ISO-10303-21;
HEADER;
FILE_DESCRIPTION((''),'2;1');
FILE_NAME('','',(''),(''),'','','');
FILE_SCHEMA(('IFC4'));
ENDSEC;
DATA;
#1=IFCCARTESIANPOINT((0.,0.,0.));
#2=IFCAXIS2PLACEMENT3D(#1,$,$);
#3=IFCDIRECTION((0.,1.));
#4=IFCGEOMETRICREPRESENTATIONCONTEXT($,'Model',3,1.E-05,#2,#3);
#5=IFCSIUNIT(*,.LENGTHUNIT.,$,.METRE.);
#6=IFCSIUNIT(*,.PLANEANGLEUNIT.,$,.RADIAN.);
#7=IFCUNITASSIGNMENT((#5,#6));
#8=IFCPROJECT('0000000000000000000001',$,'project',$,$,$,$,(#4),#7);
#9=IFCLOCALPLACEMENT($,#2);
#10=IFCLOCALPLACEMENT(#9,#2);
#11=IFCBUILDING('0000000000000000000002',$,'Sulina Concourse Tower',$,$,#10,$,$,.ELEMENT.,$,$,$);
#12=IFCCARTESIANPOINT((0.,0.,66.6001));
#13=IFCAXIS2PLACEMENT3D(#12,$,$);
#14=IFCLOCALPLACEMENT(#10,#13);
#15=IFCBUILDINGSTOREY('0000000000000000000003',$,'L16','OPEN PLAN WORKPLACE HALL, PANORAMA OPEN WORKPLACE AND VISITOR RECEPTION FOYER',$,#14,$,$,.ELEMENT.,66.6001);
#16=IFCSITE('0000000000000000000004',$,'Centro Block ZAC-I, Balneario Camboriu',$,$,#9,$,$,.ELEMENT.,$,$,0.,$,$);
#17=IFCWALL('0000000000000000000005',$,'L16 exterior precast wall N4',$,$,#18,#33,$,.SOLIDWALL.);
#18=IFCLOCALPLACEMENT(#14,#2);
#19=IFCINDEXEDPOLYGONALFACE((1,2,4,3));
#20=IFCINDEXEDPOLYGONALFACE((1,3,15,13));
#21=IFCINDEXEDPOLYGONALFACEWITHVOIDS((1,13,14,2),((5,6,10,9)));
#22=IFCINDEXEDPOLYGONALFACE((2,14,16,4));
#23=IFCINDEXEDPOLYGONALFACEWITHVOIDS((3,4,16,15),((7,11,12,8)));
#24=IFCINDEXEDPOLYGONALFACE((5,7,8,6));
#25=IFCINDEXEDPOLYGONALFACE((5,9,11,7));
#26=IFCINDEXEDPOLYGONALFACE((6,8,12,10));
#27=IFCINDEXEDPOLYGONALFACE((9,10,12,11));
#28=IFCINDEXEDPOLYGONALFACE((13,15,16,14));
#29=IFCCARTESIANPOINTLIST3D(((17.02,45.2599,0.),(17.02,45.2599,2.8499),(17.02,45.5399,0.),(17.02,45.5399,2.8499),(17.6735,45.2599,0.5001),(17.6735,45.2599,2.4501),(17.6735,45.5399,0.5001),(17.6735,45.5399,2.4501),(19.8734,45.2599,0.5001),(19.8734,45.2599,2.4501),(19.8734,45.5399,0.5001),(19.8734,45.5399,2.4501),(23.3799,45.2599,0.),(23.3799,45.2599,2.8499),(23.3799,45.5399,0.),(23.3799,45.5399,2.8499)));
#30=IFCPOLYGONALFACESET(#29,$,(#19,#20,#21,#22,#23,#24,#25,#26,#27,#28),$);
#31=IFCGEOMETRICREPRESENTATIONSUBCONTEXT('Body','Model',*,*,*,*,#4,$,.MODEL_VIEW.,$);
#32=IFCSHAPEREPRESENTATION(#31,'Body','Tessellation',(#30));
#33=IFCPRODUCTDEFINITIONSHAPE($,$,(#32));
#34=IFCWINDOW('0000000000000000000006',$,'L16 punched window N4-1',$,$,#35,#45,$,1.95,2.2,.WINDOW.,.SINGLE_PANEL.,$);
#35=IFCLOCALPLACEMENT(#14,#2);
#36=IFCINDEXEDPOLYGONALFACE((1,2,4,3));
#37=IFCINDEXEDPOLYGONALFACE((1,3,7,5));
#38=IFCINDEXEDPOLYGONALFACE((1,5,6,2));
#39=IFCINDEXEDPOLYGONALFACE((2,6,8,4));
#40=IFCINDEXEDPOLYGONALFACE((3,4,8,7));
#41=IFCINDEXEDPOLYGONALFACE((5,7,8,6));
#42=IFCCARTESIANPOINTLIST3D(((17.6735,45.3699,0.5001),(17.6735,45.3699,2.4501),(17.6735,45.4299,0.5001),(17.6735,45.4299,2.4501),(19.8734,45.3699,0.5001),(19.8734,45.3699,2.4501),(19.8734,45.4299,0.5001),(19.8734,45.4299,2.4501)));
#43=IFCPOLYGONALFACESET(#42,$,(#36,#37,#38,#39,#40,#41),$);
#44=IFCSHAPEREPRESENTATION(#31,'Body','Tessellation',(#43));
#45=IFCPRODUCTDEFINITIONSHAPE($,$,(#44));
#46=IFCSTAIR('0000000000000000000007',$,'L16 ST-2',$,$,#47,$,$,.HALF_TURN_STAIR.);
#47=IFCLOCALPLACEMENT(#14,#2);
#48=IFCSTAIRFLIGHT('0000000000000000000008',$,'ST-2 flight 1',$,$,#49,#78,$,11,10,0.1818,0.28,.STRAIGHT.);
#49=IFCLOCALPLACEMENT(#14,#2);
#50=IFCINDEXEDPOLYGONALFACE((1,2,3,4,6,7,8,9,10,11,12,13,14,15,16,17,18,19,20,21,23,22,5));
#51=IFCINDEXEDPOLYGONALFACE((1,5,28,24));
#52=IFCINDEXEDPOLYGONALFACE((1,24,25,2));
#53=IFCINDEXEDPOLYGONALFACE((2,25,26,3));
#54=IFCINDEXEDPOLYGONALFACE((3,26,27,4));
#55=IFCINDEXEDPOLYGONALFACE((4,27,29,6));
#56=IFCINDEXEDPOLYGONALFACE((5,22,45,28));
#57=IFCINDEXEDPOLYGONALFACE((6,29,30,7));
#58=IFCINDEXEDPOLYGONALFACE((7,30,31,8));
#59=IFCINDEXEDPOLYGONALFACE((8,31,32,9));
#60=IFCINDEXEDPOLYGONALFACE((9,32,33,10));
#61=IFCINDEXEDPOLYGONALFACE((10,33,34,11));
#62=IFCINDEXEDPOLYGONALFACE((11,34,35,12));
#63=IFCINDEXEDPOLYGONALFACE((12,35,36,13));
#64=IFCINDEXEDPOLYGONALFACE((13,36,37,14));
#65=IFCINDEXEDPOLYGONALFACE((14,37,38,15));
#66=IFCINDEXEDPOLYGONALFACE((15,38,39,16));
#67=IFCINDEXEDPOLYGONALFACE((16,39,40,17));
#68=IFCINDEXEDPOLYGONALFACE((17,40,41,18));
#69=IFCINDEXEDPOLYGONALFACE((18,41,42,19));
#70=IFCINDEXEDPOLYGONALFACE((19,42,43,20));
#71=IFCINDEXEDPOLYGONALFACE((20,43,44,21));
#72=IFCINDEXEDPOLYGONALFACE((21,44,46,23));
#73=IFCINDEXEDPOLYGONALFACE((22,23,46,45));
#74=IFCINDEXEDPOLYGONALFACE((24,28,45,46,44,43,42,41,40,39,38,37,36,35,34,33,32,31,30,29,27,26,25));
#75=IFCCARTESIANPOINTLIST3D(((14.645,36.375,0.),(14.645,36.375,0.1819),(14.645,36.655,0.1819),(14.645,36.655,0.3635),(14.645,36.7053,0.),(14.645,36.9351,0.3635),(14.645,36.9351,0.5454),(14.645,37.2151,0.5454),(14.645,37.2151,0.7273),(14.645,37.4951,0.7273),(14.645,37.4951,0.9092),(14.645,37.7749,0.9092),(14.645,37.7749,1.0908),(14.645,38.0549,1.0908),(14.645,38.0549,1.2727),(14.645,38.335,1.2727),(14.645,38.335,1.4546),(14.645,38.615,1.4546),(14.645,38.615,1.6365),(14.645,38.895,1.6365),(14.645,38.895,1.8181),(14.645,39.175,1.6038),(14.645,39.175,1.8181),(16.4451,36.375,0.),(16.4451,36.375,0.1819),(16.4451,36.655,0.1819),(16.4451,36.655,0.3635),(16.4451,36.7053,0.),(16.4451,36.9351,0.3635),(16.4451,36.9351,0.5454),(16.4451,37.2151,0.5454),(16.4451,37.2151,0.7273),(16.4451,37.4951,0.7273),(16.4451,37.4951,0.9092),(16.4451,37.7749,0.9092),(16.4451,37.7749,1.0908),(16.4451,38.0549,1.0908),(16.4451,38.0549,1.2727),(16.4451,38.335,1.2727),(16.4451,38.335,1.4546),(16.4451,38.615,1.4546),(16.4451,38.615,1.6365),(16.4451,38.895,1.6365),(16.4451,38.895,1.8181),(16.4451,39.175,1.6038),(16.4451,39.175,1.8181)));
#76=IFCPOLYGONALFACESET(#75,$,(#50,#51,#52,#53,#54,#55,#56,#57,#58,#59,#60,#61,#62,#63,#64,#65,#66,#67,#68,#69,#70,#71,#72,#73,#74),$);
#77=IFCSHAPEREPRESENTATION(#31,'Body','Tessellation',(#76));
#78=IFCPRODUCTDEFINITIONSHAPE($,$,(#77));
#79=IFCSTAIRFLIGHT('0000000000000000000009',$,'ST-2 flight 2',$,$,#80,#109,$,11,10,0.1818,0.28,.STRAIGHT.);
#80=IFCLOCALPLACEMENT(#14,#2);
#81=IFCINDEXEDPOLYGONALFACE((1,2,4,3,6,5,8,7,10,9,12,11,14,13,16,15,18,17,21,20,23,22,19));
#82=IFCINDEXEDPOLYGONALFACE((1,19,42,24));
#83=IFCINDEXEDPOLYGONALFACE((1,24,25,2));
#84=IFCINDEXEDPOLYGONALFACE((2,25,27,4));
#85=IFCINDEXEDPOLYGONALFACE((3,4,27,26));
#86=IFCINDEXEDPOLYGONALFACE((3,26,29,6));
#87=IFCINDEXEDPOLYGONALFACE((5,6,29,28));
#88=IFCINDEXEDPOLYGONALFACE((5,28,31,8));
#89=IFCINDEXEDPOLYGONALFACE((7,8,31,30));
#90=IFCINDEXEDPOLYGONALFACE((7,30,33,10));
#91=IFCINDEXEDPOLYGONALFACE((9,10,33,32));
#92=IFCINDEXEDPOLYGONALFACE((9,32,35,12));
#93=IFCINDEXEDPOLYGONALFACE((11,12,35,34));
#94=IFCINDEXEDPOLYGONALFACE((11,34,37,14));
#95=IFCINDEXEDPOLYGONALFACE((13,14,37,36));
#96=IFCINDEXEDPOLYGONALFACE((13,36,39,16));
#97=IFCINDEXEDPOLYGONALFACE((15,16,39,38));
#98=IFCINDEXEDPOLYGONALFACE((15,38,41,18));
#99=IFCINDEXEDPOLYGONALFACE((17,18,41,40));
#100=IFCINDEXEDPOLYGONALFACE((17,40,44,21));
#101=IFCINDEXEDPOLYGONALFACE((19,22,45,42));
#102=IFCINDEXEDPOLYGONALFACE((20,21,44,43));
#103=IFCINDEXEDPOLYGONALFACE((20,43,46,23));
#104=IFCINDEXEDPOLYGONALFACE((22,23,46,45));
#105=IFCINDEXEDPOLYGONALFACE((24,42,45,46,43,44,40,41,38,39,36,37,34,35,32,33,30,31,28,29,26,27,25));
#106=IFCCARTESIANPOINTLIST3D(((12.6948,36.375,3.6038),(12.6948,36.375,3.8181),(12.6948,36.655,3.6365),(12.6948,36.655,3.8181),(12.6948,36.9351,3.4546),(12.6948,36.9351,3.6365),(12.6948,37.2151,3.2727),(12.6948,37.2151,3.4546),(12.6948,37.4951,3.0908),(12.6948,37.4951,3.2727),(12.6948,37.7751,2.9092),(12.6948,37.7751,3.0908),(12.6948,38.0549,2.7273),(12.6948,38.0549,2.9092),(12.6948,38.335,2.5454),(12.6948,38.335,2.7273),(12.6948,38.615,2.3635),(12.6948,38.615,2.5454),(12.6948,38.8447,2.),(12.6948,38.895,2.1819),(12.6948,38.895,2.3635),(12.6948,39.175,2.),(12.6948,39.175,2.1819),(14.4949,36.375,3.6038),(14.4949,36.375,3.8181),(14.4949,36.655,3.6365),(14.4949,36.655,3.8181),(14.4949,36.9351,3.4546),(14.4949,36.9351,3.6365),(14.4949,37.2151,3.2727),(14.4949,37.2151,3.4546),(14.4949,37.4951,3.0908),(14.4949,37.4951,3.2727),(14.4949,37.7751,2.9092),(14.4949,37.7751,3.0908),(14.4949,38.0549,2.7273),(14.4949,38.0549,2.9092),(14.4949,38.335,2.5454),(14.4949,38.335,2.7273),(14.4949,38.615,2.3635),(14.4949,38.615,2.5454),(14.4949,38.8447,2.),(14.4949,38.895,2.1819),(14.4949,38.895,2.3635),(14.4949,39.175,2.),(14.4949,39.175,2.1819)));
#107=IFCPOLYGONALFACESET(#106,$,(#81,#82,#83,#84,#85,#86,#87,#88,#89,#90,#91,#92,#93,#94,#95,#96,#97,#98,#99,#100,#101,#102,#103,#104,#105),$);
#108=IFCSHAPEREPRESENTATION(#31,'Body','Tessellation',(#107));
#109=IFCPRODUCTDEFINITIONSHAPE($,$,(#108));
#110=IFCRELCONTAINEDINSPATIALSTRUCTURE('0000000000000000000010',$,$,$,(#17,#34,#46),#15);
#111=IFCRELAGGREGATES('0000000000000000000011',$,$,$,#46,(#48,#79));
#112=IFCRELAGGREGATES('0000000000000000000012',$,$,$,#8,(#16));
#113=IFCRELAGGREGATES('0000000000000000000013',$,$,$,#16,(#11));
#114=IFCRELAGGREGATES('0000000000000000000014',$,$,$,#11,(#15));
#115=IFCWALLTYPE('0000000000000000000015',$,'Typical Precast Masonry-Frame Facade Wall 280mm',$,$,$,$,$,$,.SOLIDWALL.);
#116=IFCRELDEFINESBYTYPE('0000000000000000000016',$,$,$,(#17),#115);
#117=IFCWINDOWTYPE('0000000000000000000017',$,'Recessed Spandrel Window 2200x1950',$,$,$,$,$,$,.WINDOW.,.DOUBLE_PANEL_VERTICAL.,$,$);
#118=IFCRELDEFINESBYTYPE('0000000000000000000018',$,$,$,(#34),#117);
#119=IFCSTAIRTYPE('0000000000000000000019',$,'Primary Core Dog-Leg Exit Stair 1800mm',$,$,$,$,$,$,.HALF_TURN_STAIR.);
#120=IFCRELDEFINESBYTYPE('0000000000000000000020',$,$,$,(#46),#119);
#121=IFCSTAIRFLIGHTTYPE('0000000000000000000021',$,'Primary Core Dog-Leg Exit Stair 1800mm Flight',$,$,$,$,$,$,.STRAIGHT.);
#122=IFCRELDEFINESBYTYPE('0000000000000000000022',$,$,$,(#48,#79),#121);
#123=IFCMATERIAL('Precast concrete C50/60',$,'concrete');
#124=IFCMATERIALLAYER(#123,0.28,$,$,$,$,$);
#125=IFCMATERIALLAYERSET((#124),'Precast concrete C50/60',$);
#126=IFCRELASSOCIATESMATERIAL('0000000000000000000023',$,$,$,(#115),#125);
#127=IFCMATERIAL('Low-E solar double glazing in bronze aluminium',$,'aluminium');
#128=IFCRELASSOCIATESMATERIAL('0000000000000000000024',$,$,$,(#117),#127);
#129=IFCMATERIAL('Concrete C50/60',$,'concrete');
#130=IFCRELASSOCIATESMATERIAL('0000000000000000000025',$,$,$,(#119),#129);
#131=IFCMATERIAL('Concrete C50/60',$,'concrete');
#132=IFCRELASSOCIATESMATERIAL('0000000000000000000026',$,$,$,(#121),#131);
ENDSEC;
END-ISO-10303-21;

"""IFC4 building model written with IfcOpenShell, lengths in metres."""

from ifc_helpers import new_model, si_unit, direction, frame, frame_2d, origin, place, context, subcontext, project, spatial, polyline, rectangle, outline, extrude, material, layer, layer_set, type_object, element, fill, aggregate, save


model = new_model("IFC4")

# Units and contexts
model_context = context("Model", 3, precision=1e-05, world=origin(), true_north=direction((0.0, 1.0)))
body_context = subcontext(model_context, "Body", "Model", "MODEL_VIEW")
ifc_project = project(units=[si_unit("LENGTHUNIT", "METRE"), si_unit("PLANEANGLEUNIT", "RADIAN")], contexts=[model_context])

# Site, building, storey
site_placement = place(None, origin())
site = spatial("IfcSite", under=ifc_project, at=site_placement, Name="Centro Block ZAC-I, Balneario Camboriu", CompositionType="ELEMENT", RefElevation=0.0)
building_placement = place(site_placement, origin())
building = spatial("IfcBuilding", under=site, at=building_placement, Name="Sulina Concourse Tower", CompositionType="ELEMENT")
storey_placement = place(building_placement, frame((0.0, 0.0, 66.6001)))
storey = spatial("IfcBuildingStorey", under=building, at=storey_placement, Name="L16", Description="OPEN PLAN WORKPLACE HALL, PANORAMA OPEN WORKPLACE AND VISITOR RECEPTION FOYER", CompositionType="ELEMENT", Elevation=66.6001)

# Shared definitions
ifc_material_1 = material(Name="Precast concrete C50/60", Category="concrete")
ifc_layer_1 = layer(ifc_material_1, 0.28)
ifc_layer_set_1 = layer_set([ifc_layer_1], Name="Precast concrete C50/60")
wall_type_1 = type_object("IfcWallType", Name="Typical Precast Masonry-Frame Facade Wall 280mm", PredefinedType="SOLIDWALL", material=ifc_layer_set_1)

# Wall, opening, window
wall_1_placement = place(storey_placement, frame((17.02, 45.3999, 0.0), z_axis=(0.0, 0.0, 1.0), x_axis=(1.0, 0.0, 0.0)))
wall_1 = element("IfcWall", 1, at=wall_1_placement, inside=storey, type_object=wall_type_1, Name="L16 exterior precast wall N4", PredefinedType="SOLIDWALL", context=body_context, shape_type="SweptSolid", body=[
    extrude(rectangle(XDim=6.3599, YDim=0.28, at=frame_2d((3.1799, 0.0))), origin(), (0.0, 0.0, 1.0), 2.8499),
])
opening_1_placement = place(wall_1_placement, frame((0.6533, 0.0, 0.5)))
opening_1 = element("IfcOpeningElement", 2, at=opening_1_placement, cuts=wall_1, PredefinedType="OPENING", context=body_context, shape_type="SweptSolid", body=[
    extrude(rectangle(XDim=2.2, YDim=1.95, at=frame_2d((1.1001, 0.9751))), frame((0.0, 0.1499, 0.0), z_axis=(0.0, -1.0, 0.0), x_axis=(1.0, 0.0, 0.0)), (0.0, 0.0, 1.0), 0.3),
])
ifc_material_2 = material(Name="Low-E solar double glazing in bronze aluminium", Category="aluminium")
window_type = type_object("IfcWindowType", Name="Recessed Spandrel Window 2200x1950", PartitioningType="DOUBLE_PANEL_VERTICAL", PredefinedType="WINDOW", material=ifc_material_2)
window_placement = place(opening_1_placement, origin())
window = element("IfcWindow", 3, at=window_placement, inside=storey, type_object=window_type, Name="L16 punched window N4-1", OverallHeight=1.95, OverallWidth=2.2, PartitioningType="SINGLE_PANEL", PredefinedType="WINDOW", context=body_context, shape_type="SweptSolid", body=[
    extrude(rectangle(XDim=2.2, YDim=1.95, at=frame_2d((1.1001, 0.9751))), frame((0.0, 0.03, 0.0), z_axis=(0.0, -1.0, 0.0), x_axis=(1.0, 0.0, 0.0)), (0.0, 0.0, 1.0), 0.0601),
])
fill(opening_1, window)

# Stair, stair flights
ifc_material_3 = material(Name="Concrete C50/60", Category="concrete")
stair_type = type_object("IfcStairType", Name="Primary Core Dog-Leg Exit Stair 1800mm", PredefinedType="HALF_TURN_STAIR", material=ifc_material_3)
stair_placement = place(storey_placement, origin())
stair = element("IfcStair", 4, at=stair_placement, inside=storey, type_object=stair_type, Name="L16 ST-2", PredefinedType="HALF_TURN_STAIR")
ifc_material_4 = material(Name="Concrete C50/60", Category="concrete")
stair_flight_type = type_object("IfcStairFlightType", Name="Primary Core Dog-Leg Exit Stair 1800mm Flight", PredefinedType="STRAIGHT", material=ifc_material_4)
stair_flight_1_placement = place(storey_placement, frame((15.5449, 36.375, 0.0), z_axis=(0.0, 0.0, 1.0), x_axis=(0.0, 1.0, 0.0)))
stair_flight_1 = element("IfcStairFlight", 5, at=stair_flight_1_placement, type_object=stair_flight_type, Name="ST-2 flight 1", NumberOfRisers=11, NumberOfTreads=10, PredefinedType="STRAIGHT", RiserHeight=0.1818, TreadLength=0.28, context=body_context, shape_type="SweptSolid", body=[
    extrude(outline(polyline([(0.0, 0.0), (0.0, 0.1819), (0.28, 0.1819), (0.28, 0.3635), (0.5601, 0.3635), (0.5601, 0.5454), (0.8401, 0.5454), (0.8401, 0.7273), (1.1201, 0.7273), (1.1201, 0.9092), (1.3999, 0.9092), (1.3999, 1.0908), (1.6799, 1.0908), (1.6799, 1.2727), (1.96, 1.2727), (1.96, 1.4546), (2.24, 1.4546), (2.24, 1.6365), (2.52, 1.6365), (2.52, 1.8181), (2.8, 1.8181), (2.8, 2.0), (2.8, 1.6038), (0.3303, 0.0), (0.0, 0.0)])), frame((0.0, 0.8999, 0.0), z_axis=(0.0, -1.0, 0.0), x_axis=(1.0, 0.0, 0.0)), (0.0, 0.0, 1.0), 1.8),
])
stair_flight_2_placement = place(storey_placement, frame((13.595, 39.175, 2.0), z_axis=(0.0, 0.0, 1.0), x_axis=(0.0, -1.0, 0.0)))
stair_flight_2 = element("IfcStairFlight", 6, at=stair_flight_2_placement, type_object=stair_flight_type, Name="ST-2 flight 2", NumberOfRisers=11, NumberOfTreads=10, PredefinedType="STRAIGHT", RiserHeight=0.1818, TreadLength=0.28, context=body_context, shape_type="SweptSolid", body=[
    extrude(outline(polyline([(0.0, 0.0), (0.0, 0.1819), (0.28, 0.1819), (0.28, 0.3635), (0.5601, 0.3635), (0.5601, 0.5454), (0.8401, 0.5454), (0.8401, 0.7273), (1.1201, 0.7273), (1.1201, 0.9092), (1.3999, 0.9092), (1.3999, 1.0908), (1.6799, 1.0908), (1.6799, 1.2727), (1.96, 1.2727), (1.96, 1.4546), (2.24, 1.4546), (2.24, 1.6365), (2.52, 1.6365), (2.52, 1.8181), (2.8, 1.8181), (2.8, 2.0), (2.8, 1.6038), (0.3303, 0.0), (0.0, 0.0)])), frame((0.0, 0.8999, 0.0), z_axis=(0.0, -1.0, 0.0), x_axis=(1.0, 0.0, 0.0)), (0.0, 0.0, 1.0), 1.8),
])
aggregate(stair, [stair_flight_1, stair_flight_2])

save(model, "model.ifc")
